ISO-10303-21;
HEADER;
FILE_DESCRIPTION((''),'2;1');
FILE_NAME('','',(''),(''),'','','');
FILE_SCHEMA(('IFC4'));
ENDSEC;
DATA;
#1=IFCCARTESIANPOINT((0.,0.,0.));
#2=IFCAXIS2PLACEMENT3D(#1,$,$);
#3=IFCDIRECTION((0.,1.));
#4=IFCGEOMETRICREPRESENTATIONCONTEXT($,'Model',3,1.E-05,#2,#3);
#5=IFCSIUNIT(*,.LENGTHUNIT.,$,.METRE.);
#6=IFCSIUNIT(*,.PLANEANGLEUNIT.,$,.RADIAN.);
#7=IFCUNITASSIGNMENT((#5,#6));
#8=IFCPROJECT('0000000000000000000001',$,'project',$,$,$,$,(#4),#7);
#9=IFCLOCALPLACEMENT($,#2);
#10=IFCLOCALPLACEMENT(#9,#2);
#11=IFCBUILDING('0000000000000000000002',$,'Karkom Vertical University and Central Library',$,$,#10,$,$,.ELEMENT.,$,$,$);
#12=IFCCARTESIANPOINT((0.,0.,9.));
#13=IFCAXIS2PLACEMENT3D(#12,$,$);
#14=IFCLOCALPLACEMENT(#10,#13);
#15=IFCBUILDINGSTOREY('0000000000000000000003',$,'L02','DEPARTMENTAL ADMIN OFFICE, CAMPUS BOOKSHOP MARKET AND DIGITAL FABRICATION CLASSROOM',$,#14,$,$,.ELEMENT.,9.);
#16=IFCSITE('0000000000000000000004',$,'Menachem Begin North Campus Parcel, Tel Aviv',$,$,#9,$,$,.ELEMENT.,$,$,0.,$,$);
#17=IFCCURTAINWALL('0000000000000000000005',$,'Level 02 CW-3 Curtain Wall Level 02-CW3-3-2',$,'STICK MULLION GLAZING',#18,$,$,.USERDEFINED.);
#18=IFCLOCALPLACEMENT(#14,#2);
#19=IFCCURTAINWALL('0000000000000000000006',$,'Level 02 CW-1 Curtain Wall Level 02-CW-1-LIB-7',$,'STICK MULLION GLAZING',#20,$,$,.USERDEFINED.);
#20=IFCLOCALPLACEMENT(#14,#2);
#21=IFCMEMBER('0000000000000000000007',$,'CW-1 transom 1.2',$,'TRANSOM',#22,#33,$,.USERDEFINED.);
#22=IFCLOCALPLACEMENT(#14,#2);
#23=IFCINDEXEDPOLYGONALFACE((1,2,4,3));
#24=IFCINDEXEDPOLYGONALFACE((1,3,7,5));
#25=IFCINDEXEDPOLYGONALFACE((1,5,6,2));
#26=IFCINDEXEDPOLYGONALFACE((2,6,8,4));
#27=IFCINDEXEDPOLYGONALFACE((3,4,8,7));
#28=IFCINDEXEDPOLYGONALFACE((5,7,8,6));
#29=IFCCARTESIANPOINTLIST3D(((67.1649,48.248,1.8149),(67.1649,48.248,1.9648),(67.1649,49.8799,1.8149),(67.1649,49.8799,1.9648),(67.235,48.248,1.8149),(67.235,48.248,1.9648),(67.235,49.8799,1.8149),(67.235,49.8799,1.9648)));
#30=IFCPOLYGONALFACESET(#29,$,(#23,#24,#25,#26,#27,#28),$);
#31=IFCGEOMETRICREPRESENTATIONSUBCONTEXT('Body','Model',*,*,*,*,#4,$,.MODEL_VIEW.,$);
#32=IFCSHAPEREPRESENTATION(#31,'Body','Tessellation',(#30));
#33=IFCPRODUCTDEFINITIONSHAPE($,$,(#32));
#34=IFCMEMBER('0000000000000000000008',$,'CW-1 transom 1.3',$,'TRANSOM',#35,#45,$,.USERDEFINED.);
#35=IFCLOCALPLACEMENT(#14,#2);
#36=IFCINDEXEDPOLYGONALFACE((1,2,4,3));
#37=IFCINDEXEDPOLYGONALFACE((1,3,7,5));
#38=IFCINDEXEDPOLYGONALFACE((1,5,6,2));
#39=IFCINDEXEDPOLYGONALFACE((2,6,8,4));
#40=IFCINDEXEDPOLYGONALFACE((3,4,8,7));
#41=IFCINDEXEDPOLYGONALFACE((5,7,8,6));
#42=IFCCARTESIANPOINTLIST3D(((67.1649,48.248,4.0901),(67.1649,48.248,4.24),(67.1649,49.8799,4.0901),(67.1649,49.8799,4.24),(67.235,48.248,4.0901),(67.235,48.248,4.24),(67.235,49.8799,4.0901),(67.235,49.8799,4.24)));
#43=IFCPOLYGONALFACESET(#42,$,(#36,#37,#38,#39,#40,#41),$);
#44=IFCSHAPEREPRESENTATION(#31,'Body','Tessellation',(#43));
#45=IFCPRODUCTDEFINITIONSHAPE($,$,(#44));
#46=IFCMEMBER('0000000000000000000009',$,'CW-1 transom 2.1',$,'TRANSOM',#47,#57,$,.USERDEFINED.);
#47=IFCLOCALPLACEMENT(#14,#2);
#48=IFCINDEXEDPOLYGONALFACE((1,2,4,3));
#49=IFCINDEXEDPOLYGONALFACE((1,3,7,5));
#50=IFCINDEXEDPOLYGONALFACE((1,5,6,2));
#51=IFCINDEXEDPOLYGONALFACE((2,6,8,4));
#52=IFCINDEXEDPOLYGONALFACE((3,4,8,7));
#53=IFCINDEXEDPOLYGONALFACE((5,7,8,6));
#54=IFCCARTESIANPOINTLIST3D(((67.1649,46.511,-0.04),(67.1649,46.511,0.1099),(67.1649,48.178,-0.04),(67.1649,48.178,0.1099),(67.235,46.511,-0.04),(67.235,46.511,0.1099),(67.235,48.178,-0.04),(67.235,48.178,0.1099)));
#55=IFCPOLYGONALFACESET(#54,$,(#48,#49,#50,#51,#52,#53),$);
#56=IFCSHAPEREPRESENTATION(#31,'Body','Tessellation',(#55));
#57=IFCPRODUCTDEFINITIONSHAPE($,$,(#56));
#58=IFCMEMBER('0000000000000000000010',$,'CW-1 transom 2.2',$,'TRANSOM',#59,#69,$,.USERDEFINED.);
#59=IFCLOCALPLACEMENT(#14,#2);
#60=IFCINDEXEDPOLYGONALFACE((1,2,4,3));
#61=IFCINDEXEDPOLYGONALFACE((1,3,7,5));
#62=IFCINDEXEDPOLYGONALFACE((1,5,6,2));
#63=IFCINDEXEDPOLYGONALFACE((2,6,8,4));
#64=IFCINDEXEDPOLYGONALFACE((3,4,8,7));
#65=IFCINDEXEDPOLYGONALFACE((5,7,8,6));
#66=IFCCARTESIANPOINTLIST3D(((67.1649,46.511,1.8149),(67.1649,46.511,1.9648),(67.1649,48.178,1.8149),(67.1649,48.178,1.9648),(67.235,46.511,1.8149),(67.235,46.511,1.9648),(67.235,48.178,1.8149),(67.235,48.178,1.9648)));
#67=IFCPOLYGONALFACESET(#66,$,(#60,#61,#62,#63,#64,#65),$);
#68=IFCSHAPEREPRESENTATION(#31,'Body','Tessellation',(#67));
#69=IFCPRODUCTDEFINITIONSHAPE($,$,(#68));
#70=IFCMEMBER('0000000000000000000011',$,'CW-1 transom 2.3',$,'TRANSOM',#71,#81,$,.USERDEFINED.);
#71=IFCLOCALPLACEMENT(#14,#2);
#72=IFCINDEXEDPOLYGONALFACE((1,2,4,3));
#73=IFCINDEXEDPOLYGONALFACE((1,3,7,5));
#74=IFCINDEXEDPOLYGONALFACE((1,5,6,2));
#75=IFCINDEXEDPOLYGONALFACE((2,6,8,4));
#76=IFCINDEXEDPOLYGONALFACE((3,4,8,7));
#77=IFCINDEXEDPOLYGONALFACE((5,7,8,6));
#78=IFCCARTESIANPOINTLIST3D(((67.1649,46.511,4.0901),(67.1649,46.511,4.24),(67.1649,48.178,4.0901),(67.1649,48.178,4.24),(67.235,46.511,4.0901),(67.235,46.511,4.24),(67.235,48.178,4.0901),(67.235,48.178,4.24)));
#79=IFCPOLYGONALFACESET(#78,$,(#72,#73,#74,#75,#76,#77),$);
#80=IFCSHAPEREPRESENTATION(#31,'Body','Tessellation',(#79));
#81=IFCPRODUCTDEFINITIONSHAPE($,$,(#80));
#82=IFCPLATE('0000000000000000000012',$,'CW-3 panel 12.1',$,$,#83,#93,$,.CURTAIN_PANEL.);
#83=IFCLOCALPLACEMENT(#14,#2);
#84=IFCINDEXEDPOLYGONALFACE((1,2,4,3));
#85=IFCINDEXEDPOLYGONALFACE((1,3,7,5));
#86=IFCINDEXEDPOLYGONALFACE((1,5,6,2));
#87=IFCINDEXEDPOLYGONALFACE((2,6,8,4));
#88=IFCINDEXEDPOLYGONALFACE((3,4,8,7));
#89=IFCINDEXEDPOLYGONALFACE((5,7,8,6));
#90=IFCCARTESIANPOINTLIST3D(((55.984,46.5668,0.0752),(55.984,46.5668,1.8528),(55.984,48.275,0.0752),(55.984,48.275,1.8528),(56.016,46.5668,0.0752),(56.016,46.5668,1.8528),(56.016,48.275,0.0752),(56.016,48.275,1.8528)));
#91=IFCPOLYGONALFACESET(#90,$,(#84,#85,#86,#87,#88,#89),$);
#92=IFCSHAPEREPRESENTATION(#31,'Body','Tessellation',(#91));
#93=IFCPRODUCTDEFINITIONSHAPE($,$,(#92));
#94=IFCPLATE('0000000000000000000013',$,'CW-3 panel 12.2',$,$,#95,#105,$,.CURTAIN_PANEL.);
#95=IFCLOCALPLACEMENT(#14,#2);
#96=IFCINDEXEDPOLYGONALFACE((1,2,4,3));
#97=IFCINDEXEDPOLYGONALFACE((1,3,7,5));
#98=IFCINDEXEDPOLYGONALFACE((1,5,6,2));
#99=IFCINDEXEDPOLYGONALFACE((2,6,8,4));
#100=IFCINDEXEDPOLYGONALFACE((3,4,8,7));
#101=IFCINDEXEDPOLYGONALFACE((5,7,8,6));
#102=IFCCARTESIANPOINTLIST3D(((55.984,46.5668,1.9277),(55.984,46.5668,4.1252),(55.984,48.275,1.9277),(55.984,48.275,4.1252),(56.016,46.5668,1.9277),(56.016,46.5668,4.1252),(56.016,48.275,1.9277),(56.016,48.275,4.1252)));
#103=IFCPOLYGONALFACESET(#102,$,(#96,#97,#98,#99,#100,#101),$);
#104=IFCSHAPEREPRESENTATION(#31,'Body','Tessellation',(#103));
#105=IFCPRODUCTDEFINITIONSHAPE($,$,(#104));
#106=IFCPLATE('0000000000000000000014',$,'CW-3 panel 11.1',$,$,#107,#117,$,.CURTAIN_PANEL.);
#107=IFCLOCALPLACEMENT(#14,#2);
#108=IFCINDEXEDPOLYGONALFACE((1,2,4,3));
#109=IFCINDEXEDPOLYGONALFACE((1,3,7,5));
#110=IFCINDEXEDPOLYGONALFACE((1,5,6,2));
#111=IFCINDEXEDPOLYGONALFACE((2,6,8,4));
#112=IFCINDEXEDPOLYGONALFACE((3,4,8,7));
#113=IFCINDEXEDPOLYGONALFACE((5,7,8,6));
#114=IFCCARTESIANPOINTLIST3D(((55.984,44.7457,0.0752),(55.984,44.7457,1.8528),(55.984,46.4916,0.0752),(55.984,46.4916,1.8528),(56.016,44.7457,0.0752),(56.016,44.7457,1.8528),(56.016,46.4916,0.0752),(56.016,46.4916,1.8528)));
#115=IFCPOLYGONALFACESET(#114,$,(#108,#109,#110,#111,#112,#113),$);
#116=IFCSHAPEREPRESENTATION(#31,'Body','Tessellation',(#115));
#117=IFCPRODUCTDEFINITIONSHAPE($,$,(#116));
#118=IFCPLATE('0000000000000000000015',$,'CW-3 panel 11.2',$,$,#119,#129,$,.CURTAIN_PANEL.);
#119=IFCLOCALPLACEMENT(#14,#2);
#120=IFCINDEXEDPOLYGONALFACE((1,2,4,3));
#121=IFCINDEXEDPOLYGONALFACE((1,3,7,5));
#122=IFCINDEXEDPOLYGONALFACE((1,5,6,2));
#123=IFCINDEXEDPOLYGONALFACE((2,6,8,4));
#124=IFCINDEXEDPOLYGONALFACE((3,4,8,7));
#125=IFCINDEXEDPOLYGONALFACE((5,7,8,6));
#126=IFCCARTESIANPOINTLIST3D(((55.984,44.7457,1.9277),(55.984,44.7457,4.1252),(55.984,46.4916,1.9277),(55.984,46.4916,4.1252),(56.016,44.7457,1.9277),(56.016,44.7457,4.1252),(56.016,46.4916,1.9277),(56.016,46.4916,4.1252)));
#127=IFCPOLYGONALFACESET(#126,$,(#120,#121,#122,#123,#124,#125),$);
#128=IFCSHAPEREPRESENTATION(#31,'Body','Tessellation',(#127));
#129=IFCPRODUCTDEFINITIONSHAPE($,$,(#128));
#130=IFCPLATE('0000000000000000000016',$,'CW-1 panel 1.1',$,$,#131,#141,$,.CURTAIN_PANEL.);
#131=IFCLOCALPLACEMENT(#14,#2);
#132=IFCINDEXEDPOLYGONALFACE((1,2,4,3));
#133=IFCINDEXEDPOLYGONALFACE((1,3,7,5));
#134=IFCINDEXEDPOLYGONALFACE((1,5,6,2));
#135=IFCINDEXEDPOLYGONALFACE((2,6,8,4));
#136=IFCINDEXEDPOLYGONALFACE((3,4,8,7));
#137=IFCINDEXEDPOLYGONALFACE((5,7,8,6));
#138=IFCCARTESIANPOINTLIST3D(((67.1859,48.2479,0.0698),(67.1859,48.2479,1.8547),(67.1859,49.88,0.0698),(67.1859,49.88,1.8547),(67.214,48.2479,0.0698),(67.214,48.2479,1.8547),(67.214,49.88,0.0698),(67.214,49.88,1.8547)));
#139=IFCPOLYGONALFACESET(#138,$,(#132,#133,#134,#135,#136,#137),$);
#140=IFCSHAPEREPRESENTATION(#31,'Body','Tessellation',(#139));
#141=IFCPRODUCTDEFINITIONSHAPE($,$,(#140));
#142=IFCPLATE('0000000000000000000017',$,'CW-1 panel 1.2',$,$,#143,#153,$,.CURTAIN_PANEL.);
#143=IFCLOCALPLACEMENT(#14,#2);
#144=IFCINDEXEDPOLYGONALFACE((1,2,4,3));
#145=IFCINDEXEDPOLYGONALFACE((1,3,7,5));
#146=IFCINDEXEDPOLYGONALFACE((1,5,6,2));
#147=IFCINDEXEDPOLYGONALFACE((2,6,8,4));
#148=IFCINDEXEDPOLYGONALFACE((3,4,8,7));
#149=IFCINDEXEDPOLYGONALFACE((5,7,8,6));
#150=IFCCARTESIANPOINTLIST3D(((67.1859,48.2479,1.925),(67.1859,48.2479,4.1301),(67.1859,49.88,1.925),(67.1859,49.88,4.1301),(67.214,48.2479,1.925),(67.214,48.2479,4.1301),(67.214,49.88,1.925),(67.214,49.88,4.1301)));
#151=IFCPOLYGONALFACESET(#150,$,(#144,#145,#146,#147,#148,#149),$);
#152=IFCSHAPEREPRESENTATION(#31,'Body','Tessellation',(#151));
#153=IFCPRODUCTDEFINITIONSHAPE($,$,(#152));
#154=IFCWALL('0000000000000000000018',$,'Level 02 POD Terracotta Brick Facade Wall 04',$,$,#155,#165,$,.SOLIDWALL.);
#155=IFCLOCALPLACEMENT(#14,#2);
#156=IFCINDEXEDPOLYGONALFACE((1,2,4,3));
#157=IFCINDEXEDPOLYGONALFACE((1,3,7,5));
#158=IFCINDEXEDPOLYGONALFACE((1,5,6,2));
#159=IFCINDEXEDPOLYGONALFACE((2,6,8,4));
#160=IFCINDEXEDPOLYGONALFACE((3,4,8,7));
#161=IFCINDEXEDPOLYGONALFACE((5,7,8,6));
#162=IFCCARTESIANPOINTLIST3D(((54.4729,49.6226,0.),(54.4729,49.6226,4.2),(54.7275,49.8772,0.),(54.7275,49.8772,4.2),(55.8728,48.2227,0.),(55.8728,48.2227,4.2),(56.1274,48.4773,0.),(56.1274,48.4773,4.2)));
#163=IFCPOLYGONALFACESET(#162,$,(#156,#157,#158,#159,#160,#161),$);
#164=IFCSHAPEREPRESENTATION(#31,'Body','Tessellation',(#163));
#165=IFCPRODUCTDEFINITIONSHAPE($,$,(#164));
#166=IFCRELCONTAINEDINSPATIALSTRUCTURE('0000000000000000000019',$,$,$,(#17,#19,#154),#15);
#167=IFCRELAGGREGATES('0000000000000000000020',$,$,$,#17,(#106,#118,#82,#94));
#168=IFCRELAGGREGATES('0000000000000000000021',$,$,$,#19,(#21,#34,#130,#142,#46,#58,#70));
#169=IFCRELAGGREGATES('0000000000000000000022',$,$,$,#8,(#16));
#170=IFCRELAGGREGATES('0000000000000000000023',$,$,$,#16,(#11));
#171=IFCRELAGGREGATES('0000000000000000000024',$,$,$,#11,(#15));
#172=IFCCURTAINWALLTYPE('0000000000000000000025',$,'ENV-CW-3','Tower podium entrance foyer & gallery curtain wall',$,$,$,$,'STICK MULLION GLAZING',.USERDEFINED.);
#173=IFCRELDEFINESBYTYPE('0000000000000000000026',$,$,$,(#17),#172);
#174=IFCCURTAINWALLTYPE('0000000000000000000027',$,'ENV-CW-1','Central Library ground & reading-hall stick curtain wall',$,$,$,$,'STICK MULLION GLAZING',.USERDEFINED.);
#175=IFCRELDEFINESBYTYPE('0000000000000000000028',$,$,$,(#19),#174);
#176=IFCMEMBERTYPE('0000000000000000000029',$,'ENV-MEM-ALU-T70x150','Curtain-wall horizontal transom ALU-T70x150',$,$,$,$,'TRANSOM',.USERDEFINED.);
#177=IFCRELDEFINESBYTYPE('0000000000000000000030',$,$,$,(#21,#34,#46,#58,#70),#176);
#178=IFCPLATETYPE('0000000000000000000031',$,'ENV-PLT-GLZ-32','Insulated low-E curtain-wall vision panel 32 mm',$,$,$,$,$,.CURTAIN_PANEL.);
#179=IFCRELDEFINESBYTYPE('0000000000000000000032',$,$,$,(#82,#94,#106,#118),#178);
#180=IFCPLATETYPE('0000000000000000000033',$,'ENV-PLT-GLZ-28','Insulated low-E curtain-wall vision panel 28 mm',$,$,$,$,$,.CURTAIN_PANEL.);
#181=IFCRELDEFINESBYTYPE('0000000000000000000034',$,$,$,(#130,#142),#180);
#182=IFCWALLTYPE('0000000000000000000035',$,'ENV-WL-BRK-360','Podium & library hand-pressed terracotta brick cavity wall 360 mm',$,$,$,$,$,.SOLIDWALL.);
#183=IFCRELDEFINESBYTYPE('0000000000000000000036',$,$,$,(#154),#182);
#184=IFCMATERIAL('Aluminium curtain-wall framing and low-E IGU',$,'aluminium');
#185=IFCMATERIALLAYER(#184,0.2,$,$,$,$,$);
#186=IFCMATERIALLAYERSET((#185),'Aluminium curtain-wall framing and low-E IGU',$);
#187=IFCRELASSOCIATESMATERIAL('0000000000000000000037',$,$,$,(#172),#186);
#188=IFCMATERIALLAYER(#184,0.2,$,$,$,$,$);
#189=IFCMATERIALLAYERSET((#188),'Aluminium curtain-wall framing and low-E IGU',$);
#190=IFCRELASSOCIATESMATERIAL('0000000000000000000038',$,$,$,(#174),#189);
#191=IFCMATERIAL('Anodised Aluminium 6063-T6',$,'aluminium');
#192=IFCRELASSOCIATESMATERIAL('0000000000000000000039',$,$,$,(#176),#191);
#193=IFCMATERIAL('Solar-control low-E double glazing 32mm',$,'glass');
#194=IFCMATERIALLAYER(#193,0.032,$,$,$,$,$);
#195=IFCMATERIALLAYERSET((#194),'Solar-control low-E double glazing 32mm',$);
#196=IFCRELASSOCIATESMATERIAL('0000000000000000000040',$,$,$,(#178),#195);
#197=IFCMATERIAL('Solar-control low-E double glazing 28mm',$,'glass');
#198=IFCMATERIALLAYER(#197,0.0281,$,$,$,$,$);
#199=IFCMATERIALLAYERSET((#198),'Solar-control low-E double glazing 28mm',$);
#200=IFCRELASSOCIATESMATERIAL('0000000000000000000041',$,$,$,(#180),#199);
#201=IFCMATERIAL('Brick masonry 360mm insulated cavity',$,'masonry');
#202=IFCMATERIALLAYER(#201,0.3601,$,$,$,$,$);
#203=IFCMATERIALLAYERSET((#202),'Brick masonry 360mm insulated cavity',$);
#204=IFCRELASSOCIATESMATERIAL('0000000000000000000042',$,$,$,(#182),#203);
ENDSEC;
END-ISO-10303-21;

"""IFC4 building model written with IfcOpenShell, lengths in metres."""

from ifc_helpers import new_model, si_unit, direction, frame, frame_2d, origin, origin_with_axes, origin_2d, place, context, subcontext, project, spatial, rectangle, extrude, source, transform, mapped, material, layer, layer_set, material_profile, profile_set, type_object, element, aggregate, save


model = new_model("IFC4")

# Units and contexts
model_context = context("Model", 3, precision=1e-05, world=origin(), true_north=direction((0.0, 1.0)))
body_context = subcontext(model_context, "Body", "Model", "MODEL_VIEW")
ifc_project = project(units=[si_unit("LENGTHUNIT", "METRE"), si_unit("PLANEANGLEUNIT", "RADIAN")], contexts=[model_context])

# Site, building, storey
site_placement = place(None, origin())
site = spatial("IfcSite", under=ifc_project, at=site_placement, Name="Menachem Begin North Campus Parcel, Tel Aviv", CompositionType="ELEMENT", RefElevation=0.0)
building_placement = place(site_placement, origin())
building = spatial("IfcBuilding", under=site, at=building_placement, Name="Karkom Vertical University and Central Library", CompositionType="ELEMENT")
storey_placement = place(building_placement, frame((0.0, 0.0, 9.0)))
storey = spatial("IfcBuildingStorey", under=building, at=storey_placement, Name="L02", Description="DEPARTMENTAL ADMIN OFFICE, CAMPUS BOOKSHOP MARKET AND DIGITAL FABRICATION CLASSROOM", CompositionType="ELEMENT", Elevation=9.0)

# Curtain walls
ifc_material_1 = material(Name="Aluminium curtain-wall framing and low-E IGU", Category="aluminium")
ifc_layer_1 = layer(ifc_material_1, 0.2)
ifc_layer_set_1 = layer_set([ifc_layer_1], Name="Aluminium curtain-wall framing and low-E IGU")
curtain_wall_type_1 = type_object("IfcCurtainWallType", Name="ENV-CW-3", Description="Tower podium entrance foyer & gallery curtain wall", ElementType="STICK MULLION GLAZING", PredefinedType="USERDEFINED", material=ifc_layer_set_1)
curtain_wall_1_placement = place(storey_placement, origin())
curtain_wall_1 = element("IfcCurtainWall", 1, at=curtain_wall_1_placement, inside=storey, type_object=curtain_wall_type_1, Name="Level 02 CW-3 Curtain Wall Level 02-CW3-3-2", ObjectType="STICK MULLION GLAZING", PredefinedType="USERDEFINED")
ifc_material_2 = material(Name="Anodised Aluminium 6063-T6", Category="aluminium")
ifc_layer_2 = layer(ifc_material_1, 0.2)
ifc_layer_set_2 = layer_set([ifc_layer_2], Name="Aluminium curtain-wall framing and low-E IGU")
curtain_wall_type_2 = type_object("IfcCurtainWallType", Name="ENV-CW-1", Description="Central Library ground & reading-hall stick curtain wall", ElementType="STICK MULLION GLAZING", PredefinedType="USERDEFINED", material=ifc_layer_set_2)
curtain_wall_2_placement = place(storey_placement, origin())
curtain_wall_2 = element("IfcCurtainWall", 2, at=curtain_wall_2_placement, inside=storey, type_object=curtain_wall_type_2, Name="Level 02 CW-1 Curtain Wall Level 02-CW-1-LIB-7", ObjectType="STICK MULLION GLAZING", PredefinedType="USERDEFINED")

# Members
ifc_material_profile_1 = material_profile(ifc_material_2, rectangle(XDim=0.0701, YDim=0.1499, at=origin_2d()), Name="ALU-T70x150")
ifc_profile_set_1 = profile_set([ifc_material_profile_1], Name="Anodised Aluminium 6063-T6")
member_type_1 = type_object("IfcMemberType", Name="ENV-MEM-ALU-T70x150", Description="Curtain-wall horizontal transom ALU-T70x150", ElementType="TRANSOM", PredefinedType="USERDEFINED", material=ifc_profile_set_1)
shared_shape_1 = source(origin_with_axes(), body_context, "Body", "SweptSolid", [
    extrude(rectangle(XDim=0.0701, YDim=0.1499, at=origin_2d()), origin(), (0.0, 0.0, 1.0), 1.6318),
])
member_1_placement = place(storey_placement, frame((67.2, 49.8799, 1.8899), z_axis=(0.0, -1.0, 0.0), x_axis=(1.0, 0.0, 0.0)))
member_1 = element("IfcMember", 3, at=member_1_placement, type_object=member_type_1, Name="CW-1 transom 1.2", ObjectType="TRANSOM", PredefinedType="USERDEFINED", context=body_context, shape_type="MappedRepresentation", body=[
    mapped(shared_shape_1, transform((0.0, 0.0, 0.0), scale=1.0)),
])
member_2_placement = place(storey_placement, frame((67.2, 49.8799, 4.165), z_axis=(0.0, -1.0, 0.0), x_axis=(1.0, 0.0, 0.0)))
member_2 = element("IfcMember", 4, at=member_2_placement, type_object=member_type_1, Name="CW-1 transom 1.3", ObjectType="TRANSOM", PredefinedType="USERDEFINED", context=body_context, shape_type="MappedRepresentation", body=[
    mapped(shared_shape_1, transform((0.0, 0.0, 0.0), scale=1.0)),
])
shared_shape_2 = source(origin_with_axes(), body_context, "Body", "SweptSolid", [
    extrude(rectangle(XDim=0.0701, YDim=0.1499, at=origin_2d()), origin(), (0.0, 0.0, 1.0), 1.667),
])
member_3_placement = place(storey_placement, frame((67.2, 48.178, 0.0349), z_axis=(0.0, -1.0, 0.0), x_axis=(1.0, 0.0, 0.0)))
member_3 = element("IfcMember", 5, at=member_3_placement, type_object=member_type_1, Name="CW-1 transom 2.1", ObjectType="TRANSOM", PredefinedType="USERDEFINED", context=body_context, shape_type="MappedRepresentation", body=[
    mapped(shared_shape_2, transform((0.0, 0.0, 0.0), scale=1.0)),
])
member_4_placement = place(storey_placement, frame((67.2, 48.178, 1.8899), z_axis=(0.0, -1.0, 0.0), x_axis=(1.0, 0.0, 0.0)))
member_4 = element("IfcMember", 6, at=member_4_placement, type_object=member_type_1, Name="CW-1 transom 2.2", ObjectType="TRANSOM", PredefinedType="USERDEFINED", context=body_context, shape_type="MappedRepresentation", body=[
    mapped(shared_shape_2, transform((0.0, 0.0, 0.0), scale=1.0)),
])
member_5_placement = place(storey_placement, frame((67.2, 48.178, 4.165), z_axis=(0.0, -1.0, 0.0), x_axis=(1.0, 0.0, 0.0)))
member_5 = element("IfcMember", 7, at=member_5_placement, type_object=member_type_1, Name="CW-1 transom 2.3", ObjectType="TRANSOM", PredefinedType="USERDEFINED", context=body_context, shape_type="MappedRepresentation", body=[
    mapped(shared_shape_2, transform((0.0, 0.0, 0.0), scale=1.0)),
])

# Plates
ifc_material_3 = material(Name="Solar-control low-E double glazing 32mm", Category="glass")
ifc_layer_3 = layer(ifc_material_3, 0.032)
ifc_layer_set_3 = layer_set([ifc_layer_3], Name="Solar-control low-E double glazing 32mm")
plate_type_1 = type_object("IfcPlateType", Name="ENV-PLT-GLZ-32", Description="Insulated low-E curtain-wall vision panel 32 mm", PredefinedType="CURTAIN_PANEL", material=ifc_layer_set_3)
shared_shape_3 = source(origin_with_axes(), body_context, "Body", "SweptSolid", [
    extrude(rectangle(XDim=1.7083, YDim=0.032, at=origin_2d()), origin(), (0.0, 0.0, 1.0), 1.7776),
])
plate_1_placement = place(storey_placement, frame((56.0, 47.4209, 0.0752), z_axis=(0.0, 0.0, 1.0), x_axis=(0.0, 1.0, 0.0)))
plate_1 = element("IfcPlate", 8, at=plate_1_placement, type_object=plate_type_1, Name="CW-3 panel 12.1", PredefinedType="CURTAIN_PANEL", context=body_context, shape_type="MappedRepresentation", body=[
    mapped(shared_shape_3, transform((0.0, 0.0, 0.0), scale=1.0)),
])
shared_shape_4 = source(origin_with_axes(), body_context, "Body", "SweptSolid", [
    extrude(rectangle(XDim=1.7083, YDim=0.032, at=origin_2d()), origin(), (0.0, 0.0, 1.0), 2.1975),
])
plate_2_placement = place(storey_placement, frame((56.0, 47.4209, 1.9277), z_axis=(0.0, 0.0, 1.0), x_axis=(0.0, 1.0, 0.0)))
plate_2 = element("IfcPlate", 9, at=plate_2_placement, type_object=plate_type_1, Name="CW-3 panel 12.2", PredefinedType="CURTAIN_PANEL", context=body_context, shape_type="MappedRepresentation", body=[
    mapped(shared_shape_4, transform((0.0, 0.0, 0.0), scale=1.0)),
])
shared_shape_5 = source(origin_with_axes(), body_context, "Body", "SweptSolid", [
    extrude(rectangle(XDim=1.7458, YDim=0.032, at=origin_2d()), origin(), (0.0, 0.0, 1.0), 1.7776),
])
plate_3_placement = place(storey_placement, frame((56.0, 45.6187, 0.0752), z_axis=(0.0, 0.0, 1.0), x_axis=(0.0, 1.0, 0.0)))
plate_3 = element("IfcPlate", 10, at=plate_3_placement, type_object=plate_type_1, Name="CW-3 panel 11.1", PredefinedType="CURTAIN_PANEL", context=body_context, shape_type="MappedRepresentation", body=[
    mapped(shared_shape_5, transform((0.0, 0.0, 0.0), scale=1.0)),
])
shared_shape_6 = source(origin_with_axes(), body_context, "Body", "SweptSolid", [
    extrude(rectangle(XDim=1.7458, YDim=0.032, at=origin_2d()), origin(), (0.0, 0.0, 1.0), 2.1975),
])
plate_4_placement = place(storey_placement, frame((56.0, 45.6187, 1.9277), z_axis=(0.0, 0.0, 1.0), x_axis=(0.0, 1.0, 0.0)))
plate_4 = element("IfcPlate", 11, at=plate_4_placement, type_object=plate_type_1, Name="CW-3 panel 11.2", PredefinedType="CURTAIN_PANEL", context=body_context, shape_type="MappedRepresentation", body=[
    mapped(shared_shape_6, transform((0.0, 0.0, 0.0), scale=1.0)),
])
aggregate(curtain_wall_1, [plate_3, plate_4, plate_1, plate_2])
ifc_material_4 = material(Name="Solar-control low-E double glazing 28mm", Category="glass")
ifc_layer_4 = layer(ifc_material_4, 0.0281)
ifc_layer_set_4 = layer_set([ifc_layer_4], Name="Solar-control low-E double glazing 28mm")
plate_type_2 = type_object("IfcPlateType", Name="ENV-PLT-GLZ-28", Description="Insulated low-E curtain-wall vision panel 28 mm", PredefinedType="CURTAIN_PANEL", material=ifc_layer_set_4)
shared_shape_7 = source(origin_with_axes(), body_context, "Body", "SweptSolid", [
    extrude(rectangle(XDim=1.6321, YDim=0.0281, at=origin_2d()), origin(), (0.0, 0.0, 1.0), 1.7849),
])
plate_5_placement = place(storey_placement, frame((67.2, 49.064, 0.0698), z_axis=(0.0, 0.0, 1.0), x_axis=(0.0, -1.0, 0.0)))
plate_5 = element("IfcPlate", 12, at=plate_5_placement, type_object=plate_type_2, Name="CW-1 panel 1.1", PredefinedType="CURTAIN_PANEL", context=body_context, shape_type="MappedRepresentation", body=[
    mapped(shared_shape_7, transform((0.0, 0.0, 0.0), scale=1.0)),
])
shared_shape_8 = source(origin_with_axes(), body_context, "Body", "SweptSolid", [
    extrude(rectangle(XDim=1.6321, YDim=0.0281, at=origin_2d()), origin(), (0.0, 0.0, 1.0), 2.2051),
])
plate_6_placement = place(storey_placement, frame((67.2, 49.064, 1.925), z_axis=(0.0, 0.0, 1.0), x_axis=(0.0, -1.0, 0.0)))
plate_6 = element("IfcPlate", 13, at=plate_6_placement, type_object=plate_type_2, Name="CW-1 panel 1.2", PredefinedType="CURTAIN_PANEL", context=body_context, shape_type="MappedRepresentation", body=[
    mapped(shared_shape_8, transform((0.0, 0.0, 0.0), scale=1.0)),
])
aggregate(curtain_wall_2, [member_1, member_2, plate_5, plate_6, member_3, member_4, member_5])

# Wall
ifc_material_5 = material(Name="Brick masonry 360mm insulated cavity", Category="masonry")
ifc_layer_5 = layer(ifc_material_5, 0.3601)
ifc_layer_set_5 = layer_set([ifc_layer_5], Name="Brick masonry 360mm insulated cavity")
wall_type = type_object("IfcWallType", Name="ENV-WL-BRK-360", Description="Podium & library hand-pressed terracotta brick cavity wall 360 mm", PredefinedType="SOLIDWALL", material=ifc_layer_set_5)
wall_placement = place(storey_placement, frame((56.0, 48.3501, 0.0), z_axis=(0.0, 0.0, 1.0), x_axis=(-0.707107, 0.707107, 0.0)))
element("IfcWall", 14, at=wall_placement, inside=storey, type_object=wall_type, Name="Level 02 POD Terracotta Brick Facade Wall 04", PredefinedType="SOLIDWALL", context=body_context, shape_type="SweptSolid", body=[
    extrude(rectangle(XDim=1.9797, YDim=0.3601, at=frame_2d((0.9897, 0.0))), origin(), (0.0, 0.0, 1.0), 4.2),
])

save(model, "model.ifc")
